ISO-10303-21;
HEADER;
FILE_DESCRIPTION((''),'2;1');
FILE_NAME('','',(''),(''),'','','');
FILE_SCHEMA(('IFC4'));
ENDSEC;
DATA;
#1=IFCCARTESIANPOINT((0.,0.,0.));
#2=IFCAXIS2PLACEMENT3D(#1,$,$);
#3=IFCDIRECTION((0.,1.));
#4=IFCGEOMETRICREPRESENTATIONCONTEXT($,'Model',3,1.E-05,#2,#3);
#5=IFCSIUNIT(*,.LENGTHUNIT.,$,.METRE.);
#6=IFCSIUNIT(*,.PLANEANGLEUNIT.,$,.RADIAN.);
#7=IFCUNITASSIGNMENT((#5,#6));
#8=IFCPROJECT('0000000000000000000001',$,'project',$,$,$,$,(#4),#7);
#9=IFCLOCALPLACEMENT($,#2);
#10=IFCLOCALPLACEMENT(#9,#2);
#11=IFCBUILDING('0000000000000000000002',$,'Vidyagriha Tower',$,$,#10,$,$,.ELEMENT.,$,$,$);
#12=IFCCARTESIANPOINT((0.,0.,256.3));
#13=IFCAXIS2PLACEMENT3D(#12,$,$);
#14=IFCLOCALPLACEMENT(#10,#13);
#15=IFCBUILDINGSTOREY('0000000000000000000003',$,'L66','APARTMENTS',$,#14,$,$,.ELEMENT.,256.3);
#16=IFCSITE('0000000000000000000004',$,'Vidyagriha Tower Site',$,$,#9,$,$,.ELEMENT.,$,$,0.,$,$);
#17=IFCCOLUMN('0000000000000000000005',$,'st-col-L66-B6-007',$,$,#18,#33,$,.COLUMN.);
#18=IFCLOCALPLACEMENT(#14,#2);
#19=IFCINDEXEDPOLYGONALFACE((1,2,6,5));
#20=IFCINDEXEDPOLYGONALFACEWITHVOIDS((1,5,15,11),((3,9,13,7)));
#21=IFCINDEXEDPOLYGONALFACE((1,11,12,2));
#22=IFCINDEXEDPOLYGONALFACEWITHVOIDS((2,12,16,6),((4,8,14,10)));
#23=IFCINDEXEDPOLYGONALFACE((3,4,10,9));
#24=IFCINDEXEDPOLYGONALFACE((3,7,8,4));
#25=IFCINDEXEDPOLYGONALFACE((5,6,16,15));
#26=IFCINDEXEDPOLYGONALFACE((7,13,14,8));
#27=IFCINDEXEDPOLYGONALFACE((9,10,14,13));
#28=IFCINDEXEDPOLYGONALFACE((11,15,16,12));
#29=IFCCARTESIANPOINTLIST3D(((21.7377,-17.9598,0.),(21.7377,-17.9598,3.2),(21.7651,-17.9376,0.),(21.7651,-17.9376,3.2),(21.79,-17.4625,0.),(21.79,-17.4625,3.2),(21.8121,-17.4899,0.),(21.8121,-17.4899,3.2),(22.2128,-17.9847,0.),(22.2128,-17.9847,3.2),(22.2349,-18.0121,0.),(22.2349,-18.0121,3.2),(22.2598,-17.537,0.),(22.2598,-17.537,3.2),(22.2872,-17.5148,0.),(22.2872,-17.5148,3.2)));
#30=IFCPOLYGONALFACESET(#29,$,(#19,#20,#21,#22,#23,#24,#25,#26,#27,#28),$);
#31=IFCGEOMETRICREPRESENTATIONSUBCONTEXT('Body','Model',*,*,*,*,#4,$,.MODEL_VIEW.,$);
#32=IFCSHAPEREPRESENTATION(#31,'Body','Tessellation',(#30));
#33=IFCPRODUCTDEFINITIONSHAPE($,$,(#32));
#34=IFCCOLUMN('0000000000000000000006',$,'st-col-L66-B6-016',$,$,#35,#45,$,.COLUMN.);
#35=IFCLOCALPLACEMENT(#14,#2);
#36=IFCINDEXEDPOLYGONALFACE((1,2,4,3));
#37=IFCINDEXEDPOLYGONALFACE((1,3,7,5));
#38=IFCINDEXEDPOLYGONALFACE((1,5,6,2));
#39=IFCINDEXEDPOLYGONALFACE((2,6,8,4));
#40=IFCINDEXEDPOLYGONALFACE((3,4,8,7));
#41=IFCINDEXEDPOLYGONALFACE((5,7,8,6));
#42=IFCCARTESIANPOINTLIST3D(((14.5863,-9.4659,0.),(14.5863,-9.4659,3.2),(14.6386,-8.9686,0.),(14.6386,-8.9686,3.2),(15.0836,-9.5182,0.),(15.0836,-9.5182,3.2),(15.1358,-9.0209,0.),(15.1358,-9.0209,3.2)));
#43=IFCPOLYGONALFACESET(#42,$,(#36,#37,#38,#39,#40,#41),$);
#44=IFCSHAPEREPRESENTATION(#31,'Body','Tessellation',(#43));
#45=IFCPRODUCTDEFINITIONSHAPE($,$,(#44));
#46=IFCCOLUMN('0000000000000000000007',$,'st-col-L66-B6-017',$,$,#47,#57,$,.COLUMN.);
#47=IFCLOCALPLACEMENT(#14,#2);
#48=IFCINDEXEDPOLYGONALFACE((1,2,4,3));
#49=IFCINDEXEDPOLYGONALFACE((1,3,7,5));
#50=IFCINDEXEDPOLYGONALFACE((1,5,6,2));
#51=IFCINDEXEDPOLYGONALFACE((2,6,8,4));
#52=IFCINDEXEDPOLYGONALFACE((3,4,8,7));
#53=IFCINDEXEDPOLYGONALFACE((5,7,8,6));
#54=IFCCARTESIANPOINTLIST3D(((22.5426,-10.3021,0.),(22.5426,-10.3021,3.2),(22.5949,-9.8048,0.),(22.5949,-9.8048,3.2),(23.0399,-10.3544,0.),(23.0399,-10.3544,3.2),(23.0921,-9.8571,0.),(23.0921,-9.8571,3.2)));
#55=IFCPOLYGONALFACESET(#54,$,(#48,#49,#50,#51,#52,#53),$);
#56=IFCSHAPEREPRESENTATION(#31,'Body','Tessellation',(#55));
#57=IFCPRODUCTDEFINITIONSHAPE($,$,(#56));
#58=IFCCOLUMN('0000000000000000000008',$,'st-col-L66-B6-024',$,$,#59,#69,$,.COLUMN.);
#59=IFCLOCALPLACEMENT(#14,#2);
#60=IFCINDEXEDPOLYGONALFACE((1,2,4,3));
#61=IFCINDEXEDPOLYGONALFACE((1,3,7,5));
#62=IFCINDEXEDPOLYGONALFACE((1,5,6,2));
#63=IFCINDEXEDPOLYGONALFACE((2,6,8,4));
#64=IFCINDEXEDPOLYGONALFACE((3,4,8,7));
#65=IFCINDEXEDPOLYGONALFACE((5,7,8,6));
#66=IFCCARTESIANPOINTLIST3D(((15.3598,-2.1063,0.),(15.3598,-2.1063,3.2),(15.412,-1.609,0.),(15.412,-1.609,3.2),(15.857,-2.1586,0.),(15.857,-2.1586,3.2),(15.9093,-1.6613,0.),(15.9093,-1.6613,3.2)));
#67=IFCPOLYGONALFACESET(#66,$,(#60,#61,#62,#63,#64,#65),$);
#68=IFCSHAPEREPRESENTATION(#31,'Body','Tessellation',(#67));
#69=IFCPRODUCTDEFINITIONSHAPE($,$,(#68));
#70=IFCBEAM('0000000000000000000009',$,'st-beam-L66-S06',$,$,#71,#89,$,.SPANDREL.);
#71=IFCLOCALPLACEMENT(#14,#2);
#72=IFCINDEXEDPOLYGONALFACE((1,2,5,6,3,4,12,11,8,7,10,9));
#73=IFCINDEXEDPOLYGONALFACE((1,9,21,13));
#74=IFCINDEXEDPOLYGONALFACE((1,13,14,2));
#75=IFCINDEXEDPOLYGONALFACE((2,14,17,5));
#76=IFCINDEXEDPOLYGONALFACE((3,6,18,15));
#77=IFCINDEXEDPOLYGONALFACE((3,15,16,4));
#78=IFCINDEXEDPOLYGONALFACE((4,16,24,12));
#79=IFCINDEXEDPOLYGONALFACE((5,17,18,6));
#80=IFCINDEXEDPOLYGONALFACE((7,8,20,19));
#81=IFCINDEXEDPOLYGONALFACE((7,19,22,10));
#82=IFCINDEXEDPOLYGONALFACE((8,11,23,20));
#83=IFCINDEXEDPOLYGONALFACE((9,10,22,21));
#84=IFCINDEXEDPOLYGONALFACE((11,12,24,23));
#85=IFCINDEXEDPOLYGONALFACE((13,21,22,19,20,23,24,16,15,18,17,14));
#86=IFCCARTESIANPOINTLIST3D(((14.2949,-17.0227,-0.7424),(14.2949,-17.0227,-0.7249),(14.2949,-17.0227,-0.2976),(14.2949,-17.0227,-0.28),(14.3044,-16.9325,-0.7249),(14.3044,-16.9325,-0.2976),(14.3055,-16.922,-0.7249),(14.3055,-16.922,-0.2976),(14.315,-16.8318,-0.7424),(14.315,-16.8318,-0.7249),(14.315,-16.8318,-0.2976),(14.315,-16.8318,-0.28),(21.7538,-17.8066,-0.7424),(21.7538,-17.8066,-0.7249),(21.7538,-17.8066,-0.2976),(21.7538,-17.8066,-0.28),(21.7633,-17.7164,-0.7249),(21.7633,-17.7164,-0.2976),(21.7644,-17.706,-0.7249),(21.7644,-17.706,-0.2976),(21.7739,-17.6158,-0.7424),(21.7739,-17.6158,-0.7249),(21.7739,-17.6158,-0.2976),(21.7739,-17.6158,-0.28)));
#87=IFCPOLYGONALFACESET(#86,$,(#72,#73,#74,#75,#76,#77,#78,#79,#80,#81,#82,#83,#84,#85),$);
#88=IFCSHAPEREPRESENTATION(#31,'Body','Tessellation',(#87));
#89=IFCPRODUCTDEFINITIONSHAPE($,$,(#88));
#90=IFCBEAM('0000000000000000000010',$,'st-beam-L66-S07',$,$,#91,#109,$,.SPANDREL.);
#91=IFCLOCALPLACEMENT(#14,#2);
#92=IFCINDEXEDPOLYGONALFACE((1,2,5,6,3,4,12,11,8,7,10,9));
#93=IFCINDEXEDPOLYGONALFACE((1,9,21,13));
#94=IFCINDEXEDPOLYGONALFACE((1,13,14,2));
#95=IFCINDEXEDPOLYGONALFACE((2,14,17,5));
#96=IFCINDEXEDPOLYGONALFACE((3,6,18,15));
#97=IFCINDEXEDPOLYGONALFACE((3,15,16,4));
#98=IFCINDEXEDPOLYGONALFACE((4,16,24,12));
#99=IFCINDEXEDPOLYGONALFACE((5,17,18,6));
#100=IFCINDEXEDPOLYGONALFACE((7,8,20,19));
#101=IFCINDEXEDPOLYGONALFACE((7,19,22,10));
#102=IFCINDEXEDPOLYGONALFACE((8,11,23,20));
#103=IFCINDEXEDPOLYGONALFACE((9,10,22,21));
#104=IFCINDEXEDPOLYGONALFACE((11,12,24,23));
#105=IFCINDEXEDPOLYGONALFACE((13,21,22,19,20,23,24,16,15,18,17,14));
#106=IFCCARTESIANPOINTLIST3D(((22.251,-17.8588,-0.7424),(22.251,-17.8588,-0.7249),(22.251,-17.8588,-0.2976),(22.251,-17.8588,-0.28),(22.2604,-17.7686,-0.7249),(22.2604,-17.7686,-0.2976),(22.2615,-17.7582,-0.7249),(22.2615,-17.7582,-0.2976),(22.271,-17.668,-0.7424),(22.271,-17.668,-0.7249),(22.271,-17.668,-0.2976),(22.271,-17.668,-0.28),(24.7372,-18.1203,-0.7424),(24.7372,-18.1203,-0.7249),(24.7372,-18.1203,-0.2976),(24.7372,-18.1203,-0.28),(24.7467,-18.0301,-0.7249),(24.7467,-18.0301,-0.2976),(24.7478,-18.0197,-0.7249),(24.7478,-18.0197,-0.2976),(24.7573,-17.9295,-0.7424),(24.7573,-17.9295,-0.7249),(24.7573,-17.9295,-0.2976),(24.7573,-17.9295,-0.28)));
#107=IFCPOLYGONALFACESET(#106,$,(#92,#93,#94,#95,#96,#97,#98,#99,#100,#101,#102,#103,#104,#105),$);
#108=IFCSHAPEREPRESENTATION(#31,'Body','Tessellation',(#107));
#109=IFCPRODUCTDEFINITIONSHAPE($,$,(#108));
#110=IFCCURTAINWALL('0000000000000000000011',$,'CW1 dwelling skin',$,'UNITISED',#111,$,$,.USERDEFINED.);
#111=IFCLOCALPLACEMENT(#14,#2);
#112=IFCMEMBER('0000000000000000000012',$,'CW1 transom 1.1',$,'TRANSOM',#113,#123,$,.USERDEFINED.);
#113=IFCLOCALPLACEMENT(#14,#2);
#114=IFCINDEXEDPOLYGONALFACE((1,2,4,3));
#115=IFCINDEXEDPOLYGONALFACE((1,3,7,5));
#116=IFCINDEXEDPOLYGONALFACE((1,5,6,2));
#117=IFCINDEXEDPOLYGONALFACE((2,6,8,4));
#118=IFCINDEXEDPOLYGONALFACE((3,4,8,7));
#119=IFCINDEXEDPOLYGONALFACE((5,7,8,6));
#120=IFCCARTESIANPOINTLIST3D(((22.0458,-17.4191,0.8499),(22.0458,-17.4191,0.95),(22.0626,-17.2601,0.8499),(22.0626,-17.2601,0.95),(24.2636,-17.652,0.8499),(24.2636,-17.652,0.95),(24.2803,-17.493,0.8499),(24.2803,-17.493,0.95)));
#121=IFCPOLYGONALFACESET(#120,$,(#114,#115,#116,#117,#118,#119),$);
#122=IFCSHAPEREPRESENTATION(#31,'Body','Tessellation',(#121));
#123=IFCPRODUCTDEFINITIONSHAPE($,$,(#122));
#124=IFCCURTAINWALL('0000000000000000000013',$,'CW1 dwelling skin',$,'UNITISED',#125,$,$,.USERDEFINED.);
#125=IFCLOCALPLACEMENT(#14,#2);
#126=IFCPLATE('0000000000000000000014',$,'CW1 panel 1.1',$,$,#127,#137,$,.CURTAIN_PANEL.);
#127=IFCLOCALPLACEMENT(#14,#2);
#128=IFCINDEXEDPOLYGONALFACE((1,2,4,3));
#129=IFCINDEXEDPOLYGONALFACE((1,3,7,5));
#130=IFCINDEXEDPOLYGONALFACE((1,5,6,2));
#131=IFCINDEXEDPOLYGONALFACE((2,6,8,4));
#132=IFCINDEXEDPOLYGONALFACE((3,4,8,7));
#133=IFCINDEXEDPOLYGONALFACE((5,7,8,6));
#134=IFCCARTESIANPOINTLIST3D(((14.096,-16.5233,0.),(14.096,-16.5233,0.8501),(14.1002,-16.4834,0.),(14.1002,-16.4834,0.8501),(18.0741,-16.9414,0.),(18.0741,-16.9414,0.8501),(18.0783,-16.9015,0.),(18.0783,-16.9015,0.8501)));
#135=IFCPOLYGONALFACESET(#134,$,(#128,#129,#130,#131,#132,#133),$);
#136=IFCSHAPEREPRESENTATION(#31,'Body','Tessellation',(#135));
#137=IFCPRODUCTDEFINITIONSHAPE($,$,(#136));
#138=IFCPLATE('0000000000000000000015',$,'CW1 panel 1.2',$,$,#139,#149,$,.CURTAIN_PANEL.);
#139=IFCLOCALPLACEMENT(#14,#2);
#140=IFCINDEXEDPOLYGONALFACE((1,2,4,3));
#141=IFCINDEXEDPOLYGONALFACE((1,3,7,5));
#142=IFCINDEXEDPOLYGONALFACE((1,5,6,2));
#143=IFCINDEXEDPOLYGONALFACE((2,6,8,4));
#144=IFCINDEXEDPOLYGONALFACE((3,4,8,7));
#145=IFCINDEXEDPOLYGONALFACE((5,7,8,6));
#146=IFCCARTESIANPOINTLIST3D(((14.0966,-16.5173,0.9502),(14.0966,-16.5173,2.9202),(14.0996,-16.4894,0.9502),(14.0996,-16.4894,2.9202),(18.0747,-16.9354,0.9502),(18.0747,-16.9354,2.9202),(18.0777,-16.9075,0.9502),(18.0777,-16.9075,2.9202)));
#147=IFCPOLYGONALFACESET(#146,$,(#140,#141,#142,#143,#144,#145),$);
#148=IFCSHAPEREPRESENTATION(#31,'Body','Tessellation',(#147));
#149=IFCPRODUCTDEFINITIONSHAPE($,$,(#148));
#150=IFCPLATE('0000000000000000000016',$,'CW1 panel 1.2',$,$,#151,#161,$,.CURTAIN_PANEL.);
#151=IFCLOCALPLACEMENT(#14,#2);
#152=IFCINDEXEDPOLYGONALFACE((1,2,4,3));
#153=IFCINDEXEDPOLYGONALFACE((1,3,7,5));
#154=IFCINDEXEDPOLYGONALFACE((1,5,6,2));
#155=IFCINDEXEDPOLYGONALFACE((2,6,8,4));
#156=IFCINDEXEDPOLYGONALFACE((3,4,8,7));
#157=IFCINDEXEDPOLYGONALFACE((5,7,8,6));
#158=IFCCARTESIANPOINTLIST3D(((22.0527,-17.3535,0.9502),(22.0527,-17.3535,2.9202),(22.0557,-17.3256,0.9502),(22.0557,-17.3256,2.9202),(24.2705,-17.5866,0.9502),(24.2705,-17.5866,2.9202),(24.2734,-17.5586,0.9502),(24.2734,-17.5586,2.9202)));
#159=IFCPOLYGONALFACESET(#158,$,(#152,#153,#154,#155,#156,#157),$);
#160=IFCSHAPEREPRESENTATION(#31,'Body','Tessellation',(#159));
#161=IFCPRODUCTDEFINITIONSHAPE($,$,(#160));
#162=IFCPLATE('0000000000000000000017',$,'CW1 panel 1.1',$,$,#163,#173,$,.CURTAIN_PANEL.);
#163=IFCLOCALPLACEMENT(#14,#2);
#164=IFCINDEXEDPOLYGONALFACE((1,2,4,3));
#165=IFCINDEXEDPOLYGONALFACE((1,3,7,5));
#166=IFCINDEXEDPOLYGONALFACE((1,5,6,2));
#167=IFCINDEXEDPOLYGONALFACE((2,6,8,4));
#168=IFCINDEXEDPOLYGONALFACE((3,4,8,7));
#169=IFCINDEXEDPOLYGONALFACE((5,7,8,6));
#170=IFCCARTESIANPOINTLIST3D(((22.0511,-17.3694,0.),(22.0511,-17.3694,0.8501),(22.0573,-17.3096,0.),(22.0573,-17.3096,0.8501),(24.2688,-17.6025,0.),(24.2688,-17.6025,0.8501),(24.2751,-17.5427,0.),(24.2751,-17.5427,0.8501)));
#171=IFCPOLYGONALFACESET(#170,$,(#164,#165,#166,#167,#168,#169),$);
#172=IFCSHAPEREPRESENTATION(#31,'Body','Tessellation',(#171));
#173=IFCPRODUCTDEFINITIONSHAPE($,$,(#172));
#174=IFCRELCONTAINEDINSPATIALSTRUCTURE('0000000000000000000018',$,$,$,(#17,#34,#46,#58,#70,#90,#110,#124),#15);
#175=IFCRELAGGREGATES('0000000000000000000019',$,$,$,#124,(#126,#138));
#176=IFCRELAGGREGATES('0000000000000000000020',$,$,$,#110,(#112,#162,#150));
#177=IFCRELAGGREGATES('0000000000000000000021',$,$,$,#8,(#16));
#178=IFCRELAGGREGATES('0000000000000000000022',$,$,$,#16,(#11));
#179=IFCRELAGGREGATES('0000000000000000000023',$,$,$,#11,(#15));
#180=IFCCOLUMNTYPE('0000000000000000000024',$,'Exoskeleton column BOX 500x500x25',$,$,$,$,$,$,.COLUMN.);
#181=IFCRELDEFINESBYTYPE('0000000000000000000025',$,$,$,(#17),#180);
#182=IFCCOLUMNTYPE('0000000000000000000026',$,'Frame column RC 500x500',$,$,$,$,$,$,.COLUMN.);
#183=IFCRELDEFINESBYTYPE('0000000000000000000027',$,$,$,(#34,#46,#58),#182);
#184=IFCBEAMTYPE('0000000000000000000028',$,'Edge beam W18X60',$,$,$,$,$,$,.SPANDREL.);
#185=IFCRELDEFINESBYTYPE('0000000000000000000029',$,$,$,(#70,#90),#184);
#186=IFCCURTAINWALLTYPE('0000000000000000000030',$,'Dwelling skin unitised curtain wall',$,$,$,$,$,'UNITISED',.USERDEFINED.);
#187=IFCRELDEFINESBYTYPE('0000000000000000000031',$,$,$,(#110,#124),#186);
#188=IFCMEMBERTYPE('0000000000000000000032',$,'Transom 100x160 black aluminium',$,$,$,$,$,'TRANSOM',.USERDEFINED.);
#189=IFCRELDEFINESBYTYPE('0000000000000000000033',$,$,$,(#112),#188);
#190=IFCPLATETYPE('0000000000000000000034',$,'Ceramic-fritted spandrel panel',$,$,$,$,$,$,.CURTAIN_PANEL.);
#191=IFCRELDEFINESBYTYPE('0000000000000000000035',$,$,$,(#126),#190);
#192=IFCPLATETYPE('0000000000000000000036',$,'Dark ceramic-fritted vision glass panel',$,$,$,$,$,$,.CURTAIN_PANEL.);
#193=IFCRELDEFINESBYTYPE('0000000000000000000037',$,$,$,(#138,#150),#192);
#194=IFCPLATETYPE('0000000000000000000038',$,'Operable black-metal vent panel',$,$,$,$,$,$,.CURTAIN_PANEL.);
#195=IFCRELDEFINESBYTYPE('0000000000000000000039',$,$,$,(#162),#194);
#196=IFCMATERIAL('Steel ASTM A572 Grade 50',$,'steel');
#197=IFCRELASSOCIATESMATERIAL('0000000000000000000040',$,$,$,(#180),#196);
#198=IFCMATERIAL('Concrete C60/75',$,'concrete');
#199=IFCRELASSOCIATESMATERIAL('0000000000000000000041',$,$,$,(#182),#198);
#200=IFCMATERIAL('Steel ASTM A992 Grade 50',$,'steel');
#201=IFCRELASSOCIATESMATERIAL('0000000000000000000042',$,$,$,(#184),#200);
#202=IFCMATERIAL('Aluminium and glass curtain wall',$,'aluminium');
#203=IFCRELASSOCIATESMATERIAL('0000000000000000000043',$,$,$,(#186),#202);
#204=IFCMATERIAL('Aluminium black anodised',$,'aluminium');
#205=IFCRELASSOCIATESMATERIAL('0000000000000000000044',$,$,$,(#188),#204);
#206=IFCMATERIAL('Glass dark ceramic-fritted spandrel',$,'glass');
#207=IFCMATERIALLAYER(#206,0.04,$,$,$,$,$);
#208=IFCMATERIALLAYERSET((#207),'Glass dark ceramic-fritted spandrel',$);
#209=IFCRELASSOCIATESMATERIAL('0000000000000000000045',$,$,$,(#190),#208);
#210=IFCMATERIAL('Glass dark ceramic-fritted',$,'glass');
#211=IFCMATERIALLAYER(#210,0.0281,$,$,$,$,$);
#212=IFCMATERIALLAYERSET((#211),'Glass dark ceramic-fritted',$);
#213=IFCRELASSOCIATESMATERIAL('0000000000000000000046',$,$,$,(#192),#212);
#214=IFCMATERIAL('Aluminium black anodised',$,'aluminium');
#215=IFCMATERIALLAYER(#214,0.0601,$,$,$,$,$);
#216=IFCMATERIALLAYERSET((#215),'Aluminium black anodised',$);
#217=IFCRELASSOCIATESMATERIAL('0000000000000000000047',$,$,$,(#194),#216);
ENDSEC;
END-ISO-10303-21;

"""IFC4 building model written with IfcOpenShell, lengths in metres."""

from ifc_helpers import new_model, si_unit, direction, frame, origin, origin_2d, place, context, subcontext, project, spatial, rectangle, hollow_rectangle, i_section, extrude, material, layer, layer_set, material_profile, profile_set, type_object, element, aggregate, save


model = new_model("IFC4")

# Units and contexts
model_context = context("Model", 3, precision=1e-05, world=origin(), true_north=direction((0.0, 1.0)))
body_context = subcontext(model_context, "Body", "Model", "MODEL_VIEW")
ifc_project = project(units=[si_unit("LENGTHUNIT", "METRE"), si_unit("PLANEANGLEUNIT", "RADIAN")], contexts=[model_context])

# Site, building, storey
site_placement = place(None, origin())
site = spatial("IfcSite", under=ifc_project, at=site_placement, Name="Vidyagriha Tower Site", CompositionType="ELEMENT", RefElevation=0.0)
building_placement = place(site_placement, origin())
building = spatial("IfcBuilding", under=site, at=building_placement, Name="Vidyagriha Tower", CompositionType="ELEMENT")
storey_placement = place(building_placement, frame((0.0, 0.0, 256.3)))
storey = spatial("IfcBuildingStorey", under=building, at=storey_placement, Name="L66", Description="APARTMENTS", CompositionType="ELEMENT", Elevation=256.3)

# Columns
ifc_material_1 = material(Name="Steel ASTM A572 Grade 50", Category="steel")
ifc_material_profile_1 = material_profile(ifc_material_1, hollow_rectangle(XDim=0.5, YDim=0.5, WallThickness=0.0249, at=origin_2d()), Name="BOX 500x500x25")
ifc_profile_set_1 = profile_set([ifc_material_profile_1], Name="Steel ASTM A572 Grade 50")
column_type_1 = type_object("IfcColumnType", Name="Exoskeleton column BOX 500x500x25", PredefinedType="COLUMN", material=ifc_profile_set_1)
column_placement = place(storey_placement, frame((22.0125, -17.7373, 0.0), z_axis=(0.0, 0.0, 1.0), x_axis=(0.994522, -0.104528, 0.0)))
element("IfcColumn", 1, at=column_placement, inside=storey, type_object=column_type_1, Name="st-col-L66-B6-007", PredefinedType="COLUMN", context=body_context, shape_type="SweptSolid", body=[
    extrude(hollow_rectangle(XDim=0.5, YDim=0.5, WallThickness=0.0249, at=origin_2d()), origin(), (0.0, 0.0, 1.0), 3.2),
])
ifc_material_2 = material(Name="Concrete C60/75", Category="concrete")
ifc_material_profile_2 = material_profile(ifc_material_2, rectangle(XDim=0.5, YDim=0.5, at=origin_2d()), Name="RC 500x500")
ifc_profile_set_2 = profile_set([ifc_material_profile_2], Name="Concrete C60/75")
column_type_2 = type_object("IfcColumnType", Name="Frame column RC 500x500", PredefinedType="COLUMN", material=ifc_profile_set_2)
for number, where, z_axis, x_axis, name in (
    (2, (14.8611, -9.2434, 0.0), (0.0, 0.0, 1.0), (0.994522, -0.104528, 0.0), "st-col-L66-B6-016"),
    (3, (22.8174, -10.0796, 0.0), (0.0, 0.0, 1.0), (0.994522, -0.104528, 0.0), "st-col-L66-B6-017"),
    (4, (15.6345, -1.8838, 0.0), (0.0, 0.0, 1.0), (0.994522, -0.104528, 0.0), "st-col-L66-B6-024"),
):
    element("IfcColumn", number, at=place(storey_placement, frame(where, z_axis=z_axis, x_axis=x_axis)), inside=storey, type_object=column_type_2, Name=name, PredefinedType="COLUMN", context=body_context, shape_type="SweptSolid", body=[
        extrude(rectangle(XDim=0.5, YDim=0.5, at=origin_2d()), origin(), (0.0, 0.0, 1.0), 3.2),
    ])

# Beams
ifc_material_3 = material(Name="Steel ASTM A992 Grade 50", Category="steel")
ifc_material_profile_3 = material_profile(ifc_material_3, i_section(OverallWidth=0.1919, OverallDepth=0.4624, WebThickness=0.0105, FlangeThickness=0.0176, at=origin_2d()), Name="W18X60")
ifc_profile_set_3 = profile_set([ifc_material_profile_3], Name="Steel ASTM A992 Grade 50")
beam_type = type_object("IfcBeamType", Name="Edge beam W18X60", PredefinedType="SPANDREL", material=ifc_profile_set_3)
beam_1_placement = place(storey_placement, frame((14.3049, -16.9272, -0.5112), z_axis=(0.994522, -0.104524, 0.0), x_axis=(0.104524, 0.994522, 0.0)))
element("IfcBeam", 5, at=beam_1_placement, inside=storey, type_object=beam_type, Name="st-beam-L66-S06", PredefinedType="SPANDREL", context=body_context, shape_type="SweptSolid", body=[
    extrude(i_section(OverallWidth=0.1919, OverallDepth=0.4624, WebThickness=0.0105, FlangeThickness=0.0176, at=origin_2d()), origin(), (0.0, 0.0, 1.0), 7.5),
])
beam_2_placement = place(storey_placement, frame((22.261, -17.7634, -0.5112), z_axis=(0.994516, -0.104588, 0.0), x_axis=(0.104588, 0.994516, 0.0)))
element("IfcBeam", 6, at=beam_2_placement, inside=storey, type_object=beam_type, Name="st-beam-L66-S07", PredefinedType="SPANDREL", context=body_context, shape_type="SweptSolid", body=[
    extrude(i_section(OverallWidth=0.1919, OverallDepth=0.4624, WebThickness=0.0105, FlangeThickness=0.0176, at=origin_2d()), origin(), (0.0, 0.0, 1.0), 2.5),
])

# Curtain wall, member
ifc_material_4 = material(Name="Aluminium and glass curtain wall", Category="aluminium")
curtain_wall_type = type_object("IfcCurtainWallType", Name="Dwelling skin unitised curtain wall", ElementType="UNITISED", PredefinedType="USERDEFINED", material=ifc_material_4)
curtain_wall_1_placement = place(storey_placement, origin())
curtain_wall_1 = element("IfcCurtainWall", 7, at=curtain_wall_1_placement, inside=storey, type_object=curtain_wall_type, Name="CW1 dwelling skin", ObjectType="UNITISED", PredefinedType="USERDEFINED")
ifc_material_5 = material(Name="Aluminium black anodised", Category="aluminium")
ifc_material_profile_4 = material_profile(ifc_material_5, rectangle(XDim=0.1599, YDim=0.1001, at=origin_2d()), Name="Transom 100x160 black aluminium")
ifc_profile_set_4 = profile_set([ifc_material_profile_4], Name="Aluminium black anodised")
member_type = type_object("IfcMemberType", Name="Transom 100x160 black aluminium", ElementType="TRANSOM", PredefinedType="USERDEFINED", material=ifc_profile_set_4)
member_placement = place(storey_placement, frame((22.0542, -17.3396, 0.8999), z_axis=(0.994531, -0.104445, 0.0), x_axis=(0.104445, 0.994531, 0.0)))
member = element("IfcMember", 8, at=member_placement, type_object=member_type, Name="CW1 transom 1.1", ObjectType="TRANSOM", PredefinedType="USERDEFINED", context=body_context, shape_type="SweptSolid", body=[
    extrude(rectangle(XDim=0.1599, YDim=0.1001, at=origin_2d()), origin(), (0.0, 0.0, 1.0), 2.23),
])

# Curtain wall, plates
curtain_wall_2_placement = place(storey_placement, origin())
curtain_wall_2 = element("IfcCurtainWall", 9, at=curtain_wall_2_placement, inside=storey, type_object=curtain_wall_type, Name="CW1 dwelling skin", ObjectType="UNITISED", PredefinedType="USERDEFINED")
ifc_material_6 = material(Name="Glass dark ceramic-fritted spandrel", Category="glass")
ifc_layer_1 = layer(ifc_material_6, 0.04)
ifc_layer_set_1 = layer_set([ifc_layer_1], Name="Glass dark ceramic-fritted spandrel")
plate_type_1 = type_object("IfcPlateType", Name="Ceramic-fritted spandrel panel", PredefinedType="CURTAIN_PANEL", material=ifc_layer_set_1)
plate_1_placement = place(storey_placement, frame((16.0872, -16.7124, 0.0), z_axis=(0.0, 0.0, 1.0), x_axis=(0.994522, -0.104525, 0.0)))
plate_1 = element("IfcPlate", 10, at=plate_1_placement, type_object=plate_type_1, Name="CW1 panel 1.1", PredefinedType="CURTAIN_PANEL", context=body_context, shape_type="SweptSolid", body=[
    extrude(rectangle(XDim=4.0, YDim=0.04, at=origin_2d()), origin(), (0.0, 0.0, 1.0), 0.8501),
])
ifc_material_7 = material(Name="Glass dark ceramic-fritted", Category="glass")
ifc_layer_2 = layer(ifc_material_7, 0.0281)
ifc_layer_set_2 = layer_set([ifc_layer_2], Name="Glass dark ceramic-fritted")
plate_type_2 = type_object("IfcPlateType", Name="Dark ceramic-fritted vision glass panel", PredefinedType="CURTAIN_PANEL", material=ifc_layer_set_2)
plate_2_placement = place(storey_placement, frame((16.0872, -16.7124, 0.9502), z_axis=(0.0, 0.0, 1.0), x_axis=(0.994522, -0.104525, 0.0)))
plate_2 = element("IfcPlate", 11, at=plate_2_placement, type_object=plate_type_2, Name="CW1 panel 1.2", PredefinedType="CURTAIN_PANEL", context=body_context, shape_type="SweptSolid", body=[
    extrude(rectangle(XDim=4.0, YDim=0.0281, at=origin_2d()), origin(), (0.0, 0.0, 1.0), 1.97),
])
aggregate(curtain_wall_2, [plate_1, plate_2])

# Plates
plate_3_placement = place(storey_placement, frame((23.1631, -17.4561, 0.9502), z_axis=(0.0, 0.0, 1.0), x_axis=(0.994523, -0.104522, 0.0)))
plate_3 = element("IfcPlate", 12, at=plate_3_placement, type_object=plate_type_2, Name="CW1 panel 1.2", PredefinedType="CURTAIN_PANEL", context=body_context, shape_type="SweptSolid", body=[
    extrude(rectangle(XDim=2.23, YDim=0.0281, at=origin_2d()), origin(), (0.0, 0.0, 1.0), 1.97),
])
ifc_material_8 = material(Name="Aluminium black anodised", Category="aluminium")
ifc_layer_3 = layer(ifc_material_8, 0.0601)
ifc_layer_set_3 = layer_set([ifc_layer_3], Name="Aluminium black anodised")
plate_type_3 = type_object("IfcPlateType", Name="Operable black-metal vent panel", PredefinedType="CURTAIN_PANEL", material=ifc_layer_set_3)
plate_4_placement = place(storey_placement, frame((23.1631, -17.4561, 0.0), z_axis=(0.0, 0.0, 1.0), x_axis=(0.994523, -0.104522, 0.0)))
plate_4 = element("IfcPlate", 13, at=plate_4_placement, type_object=plate_type_3, Name="CW1 panel 1.1", PredefinedType="CURTAIN_PANEL", context=body_context, shape_type="SweptSolid", body=[
    extrude(rectangle(XDim=2.23, YDim=0.0601, at=origin_2d()), origin(), (0.0, 0.0, 1.0), 0.8501),
])
aggregate(curtain_wall_1, [member, plate_4, plate_3])

save(model, "model.ifc")
